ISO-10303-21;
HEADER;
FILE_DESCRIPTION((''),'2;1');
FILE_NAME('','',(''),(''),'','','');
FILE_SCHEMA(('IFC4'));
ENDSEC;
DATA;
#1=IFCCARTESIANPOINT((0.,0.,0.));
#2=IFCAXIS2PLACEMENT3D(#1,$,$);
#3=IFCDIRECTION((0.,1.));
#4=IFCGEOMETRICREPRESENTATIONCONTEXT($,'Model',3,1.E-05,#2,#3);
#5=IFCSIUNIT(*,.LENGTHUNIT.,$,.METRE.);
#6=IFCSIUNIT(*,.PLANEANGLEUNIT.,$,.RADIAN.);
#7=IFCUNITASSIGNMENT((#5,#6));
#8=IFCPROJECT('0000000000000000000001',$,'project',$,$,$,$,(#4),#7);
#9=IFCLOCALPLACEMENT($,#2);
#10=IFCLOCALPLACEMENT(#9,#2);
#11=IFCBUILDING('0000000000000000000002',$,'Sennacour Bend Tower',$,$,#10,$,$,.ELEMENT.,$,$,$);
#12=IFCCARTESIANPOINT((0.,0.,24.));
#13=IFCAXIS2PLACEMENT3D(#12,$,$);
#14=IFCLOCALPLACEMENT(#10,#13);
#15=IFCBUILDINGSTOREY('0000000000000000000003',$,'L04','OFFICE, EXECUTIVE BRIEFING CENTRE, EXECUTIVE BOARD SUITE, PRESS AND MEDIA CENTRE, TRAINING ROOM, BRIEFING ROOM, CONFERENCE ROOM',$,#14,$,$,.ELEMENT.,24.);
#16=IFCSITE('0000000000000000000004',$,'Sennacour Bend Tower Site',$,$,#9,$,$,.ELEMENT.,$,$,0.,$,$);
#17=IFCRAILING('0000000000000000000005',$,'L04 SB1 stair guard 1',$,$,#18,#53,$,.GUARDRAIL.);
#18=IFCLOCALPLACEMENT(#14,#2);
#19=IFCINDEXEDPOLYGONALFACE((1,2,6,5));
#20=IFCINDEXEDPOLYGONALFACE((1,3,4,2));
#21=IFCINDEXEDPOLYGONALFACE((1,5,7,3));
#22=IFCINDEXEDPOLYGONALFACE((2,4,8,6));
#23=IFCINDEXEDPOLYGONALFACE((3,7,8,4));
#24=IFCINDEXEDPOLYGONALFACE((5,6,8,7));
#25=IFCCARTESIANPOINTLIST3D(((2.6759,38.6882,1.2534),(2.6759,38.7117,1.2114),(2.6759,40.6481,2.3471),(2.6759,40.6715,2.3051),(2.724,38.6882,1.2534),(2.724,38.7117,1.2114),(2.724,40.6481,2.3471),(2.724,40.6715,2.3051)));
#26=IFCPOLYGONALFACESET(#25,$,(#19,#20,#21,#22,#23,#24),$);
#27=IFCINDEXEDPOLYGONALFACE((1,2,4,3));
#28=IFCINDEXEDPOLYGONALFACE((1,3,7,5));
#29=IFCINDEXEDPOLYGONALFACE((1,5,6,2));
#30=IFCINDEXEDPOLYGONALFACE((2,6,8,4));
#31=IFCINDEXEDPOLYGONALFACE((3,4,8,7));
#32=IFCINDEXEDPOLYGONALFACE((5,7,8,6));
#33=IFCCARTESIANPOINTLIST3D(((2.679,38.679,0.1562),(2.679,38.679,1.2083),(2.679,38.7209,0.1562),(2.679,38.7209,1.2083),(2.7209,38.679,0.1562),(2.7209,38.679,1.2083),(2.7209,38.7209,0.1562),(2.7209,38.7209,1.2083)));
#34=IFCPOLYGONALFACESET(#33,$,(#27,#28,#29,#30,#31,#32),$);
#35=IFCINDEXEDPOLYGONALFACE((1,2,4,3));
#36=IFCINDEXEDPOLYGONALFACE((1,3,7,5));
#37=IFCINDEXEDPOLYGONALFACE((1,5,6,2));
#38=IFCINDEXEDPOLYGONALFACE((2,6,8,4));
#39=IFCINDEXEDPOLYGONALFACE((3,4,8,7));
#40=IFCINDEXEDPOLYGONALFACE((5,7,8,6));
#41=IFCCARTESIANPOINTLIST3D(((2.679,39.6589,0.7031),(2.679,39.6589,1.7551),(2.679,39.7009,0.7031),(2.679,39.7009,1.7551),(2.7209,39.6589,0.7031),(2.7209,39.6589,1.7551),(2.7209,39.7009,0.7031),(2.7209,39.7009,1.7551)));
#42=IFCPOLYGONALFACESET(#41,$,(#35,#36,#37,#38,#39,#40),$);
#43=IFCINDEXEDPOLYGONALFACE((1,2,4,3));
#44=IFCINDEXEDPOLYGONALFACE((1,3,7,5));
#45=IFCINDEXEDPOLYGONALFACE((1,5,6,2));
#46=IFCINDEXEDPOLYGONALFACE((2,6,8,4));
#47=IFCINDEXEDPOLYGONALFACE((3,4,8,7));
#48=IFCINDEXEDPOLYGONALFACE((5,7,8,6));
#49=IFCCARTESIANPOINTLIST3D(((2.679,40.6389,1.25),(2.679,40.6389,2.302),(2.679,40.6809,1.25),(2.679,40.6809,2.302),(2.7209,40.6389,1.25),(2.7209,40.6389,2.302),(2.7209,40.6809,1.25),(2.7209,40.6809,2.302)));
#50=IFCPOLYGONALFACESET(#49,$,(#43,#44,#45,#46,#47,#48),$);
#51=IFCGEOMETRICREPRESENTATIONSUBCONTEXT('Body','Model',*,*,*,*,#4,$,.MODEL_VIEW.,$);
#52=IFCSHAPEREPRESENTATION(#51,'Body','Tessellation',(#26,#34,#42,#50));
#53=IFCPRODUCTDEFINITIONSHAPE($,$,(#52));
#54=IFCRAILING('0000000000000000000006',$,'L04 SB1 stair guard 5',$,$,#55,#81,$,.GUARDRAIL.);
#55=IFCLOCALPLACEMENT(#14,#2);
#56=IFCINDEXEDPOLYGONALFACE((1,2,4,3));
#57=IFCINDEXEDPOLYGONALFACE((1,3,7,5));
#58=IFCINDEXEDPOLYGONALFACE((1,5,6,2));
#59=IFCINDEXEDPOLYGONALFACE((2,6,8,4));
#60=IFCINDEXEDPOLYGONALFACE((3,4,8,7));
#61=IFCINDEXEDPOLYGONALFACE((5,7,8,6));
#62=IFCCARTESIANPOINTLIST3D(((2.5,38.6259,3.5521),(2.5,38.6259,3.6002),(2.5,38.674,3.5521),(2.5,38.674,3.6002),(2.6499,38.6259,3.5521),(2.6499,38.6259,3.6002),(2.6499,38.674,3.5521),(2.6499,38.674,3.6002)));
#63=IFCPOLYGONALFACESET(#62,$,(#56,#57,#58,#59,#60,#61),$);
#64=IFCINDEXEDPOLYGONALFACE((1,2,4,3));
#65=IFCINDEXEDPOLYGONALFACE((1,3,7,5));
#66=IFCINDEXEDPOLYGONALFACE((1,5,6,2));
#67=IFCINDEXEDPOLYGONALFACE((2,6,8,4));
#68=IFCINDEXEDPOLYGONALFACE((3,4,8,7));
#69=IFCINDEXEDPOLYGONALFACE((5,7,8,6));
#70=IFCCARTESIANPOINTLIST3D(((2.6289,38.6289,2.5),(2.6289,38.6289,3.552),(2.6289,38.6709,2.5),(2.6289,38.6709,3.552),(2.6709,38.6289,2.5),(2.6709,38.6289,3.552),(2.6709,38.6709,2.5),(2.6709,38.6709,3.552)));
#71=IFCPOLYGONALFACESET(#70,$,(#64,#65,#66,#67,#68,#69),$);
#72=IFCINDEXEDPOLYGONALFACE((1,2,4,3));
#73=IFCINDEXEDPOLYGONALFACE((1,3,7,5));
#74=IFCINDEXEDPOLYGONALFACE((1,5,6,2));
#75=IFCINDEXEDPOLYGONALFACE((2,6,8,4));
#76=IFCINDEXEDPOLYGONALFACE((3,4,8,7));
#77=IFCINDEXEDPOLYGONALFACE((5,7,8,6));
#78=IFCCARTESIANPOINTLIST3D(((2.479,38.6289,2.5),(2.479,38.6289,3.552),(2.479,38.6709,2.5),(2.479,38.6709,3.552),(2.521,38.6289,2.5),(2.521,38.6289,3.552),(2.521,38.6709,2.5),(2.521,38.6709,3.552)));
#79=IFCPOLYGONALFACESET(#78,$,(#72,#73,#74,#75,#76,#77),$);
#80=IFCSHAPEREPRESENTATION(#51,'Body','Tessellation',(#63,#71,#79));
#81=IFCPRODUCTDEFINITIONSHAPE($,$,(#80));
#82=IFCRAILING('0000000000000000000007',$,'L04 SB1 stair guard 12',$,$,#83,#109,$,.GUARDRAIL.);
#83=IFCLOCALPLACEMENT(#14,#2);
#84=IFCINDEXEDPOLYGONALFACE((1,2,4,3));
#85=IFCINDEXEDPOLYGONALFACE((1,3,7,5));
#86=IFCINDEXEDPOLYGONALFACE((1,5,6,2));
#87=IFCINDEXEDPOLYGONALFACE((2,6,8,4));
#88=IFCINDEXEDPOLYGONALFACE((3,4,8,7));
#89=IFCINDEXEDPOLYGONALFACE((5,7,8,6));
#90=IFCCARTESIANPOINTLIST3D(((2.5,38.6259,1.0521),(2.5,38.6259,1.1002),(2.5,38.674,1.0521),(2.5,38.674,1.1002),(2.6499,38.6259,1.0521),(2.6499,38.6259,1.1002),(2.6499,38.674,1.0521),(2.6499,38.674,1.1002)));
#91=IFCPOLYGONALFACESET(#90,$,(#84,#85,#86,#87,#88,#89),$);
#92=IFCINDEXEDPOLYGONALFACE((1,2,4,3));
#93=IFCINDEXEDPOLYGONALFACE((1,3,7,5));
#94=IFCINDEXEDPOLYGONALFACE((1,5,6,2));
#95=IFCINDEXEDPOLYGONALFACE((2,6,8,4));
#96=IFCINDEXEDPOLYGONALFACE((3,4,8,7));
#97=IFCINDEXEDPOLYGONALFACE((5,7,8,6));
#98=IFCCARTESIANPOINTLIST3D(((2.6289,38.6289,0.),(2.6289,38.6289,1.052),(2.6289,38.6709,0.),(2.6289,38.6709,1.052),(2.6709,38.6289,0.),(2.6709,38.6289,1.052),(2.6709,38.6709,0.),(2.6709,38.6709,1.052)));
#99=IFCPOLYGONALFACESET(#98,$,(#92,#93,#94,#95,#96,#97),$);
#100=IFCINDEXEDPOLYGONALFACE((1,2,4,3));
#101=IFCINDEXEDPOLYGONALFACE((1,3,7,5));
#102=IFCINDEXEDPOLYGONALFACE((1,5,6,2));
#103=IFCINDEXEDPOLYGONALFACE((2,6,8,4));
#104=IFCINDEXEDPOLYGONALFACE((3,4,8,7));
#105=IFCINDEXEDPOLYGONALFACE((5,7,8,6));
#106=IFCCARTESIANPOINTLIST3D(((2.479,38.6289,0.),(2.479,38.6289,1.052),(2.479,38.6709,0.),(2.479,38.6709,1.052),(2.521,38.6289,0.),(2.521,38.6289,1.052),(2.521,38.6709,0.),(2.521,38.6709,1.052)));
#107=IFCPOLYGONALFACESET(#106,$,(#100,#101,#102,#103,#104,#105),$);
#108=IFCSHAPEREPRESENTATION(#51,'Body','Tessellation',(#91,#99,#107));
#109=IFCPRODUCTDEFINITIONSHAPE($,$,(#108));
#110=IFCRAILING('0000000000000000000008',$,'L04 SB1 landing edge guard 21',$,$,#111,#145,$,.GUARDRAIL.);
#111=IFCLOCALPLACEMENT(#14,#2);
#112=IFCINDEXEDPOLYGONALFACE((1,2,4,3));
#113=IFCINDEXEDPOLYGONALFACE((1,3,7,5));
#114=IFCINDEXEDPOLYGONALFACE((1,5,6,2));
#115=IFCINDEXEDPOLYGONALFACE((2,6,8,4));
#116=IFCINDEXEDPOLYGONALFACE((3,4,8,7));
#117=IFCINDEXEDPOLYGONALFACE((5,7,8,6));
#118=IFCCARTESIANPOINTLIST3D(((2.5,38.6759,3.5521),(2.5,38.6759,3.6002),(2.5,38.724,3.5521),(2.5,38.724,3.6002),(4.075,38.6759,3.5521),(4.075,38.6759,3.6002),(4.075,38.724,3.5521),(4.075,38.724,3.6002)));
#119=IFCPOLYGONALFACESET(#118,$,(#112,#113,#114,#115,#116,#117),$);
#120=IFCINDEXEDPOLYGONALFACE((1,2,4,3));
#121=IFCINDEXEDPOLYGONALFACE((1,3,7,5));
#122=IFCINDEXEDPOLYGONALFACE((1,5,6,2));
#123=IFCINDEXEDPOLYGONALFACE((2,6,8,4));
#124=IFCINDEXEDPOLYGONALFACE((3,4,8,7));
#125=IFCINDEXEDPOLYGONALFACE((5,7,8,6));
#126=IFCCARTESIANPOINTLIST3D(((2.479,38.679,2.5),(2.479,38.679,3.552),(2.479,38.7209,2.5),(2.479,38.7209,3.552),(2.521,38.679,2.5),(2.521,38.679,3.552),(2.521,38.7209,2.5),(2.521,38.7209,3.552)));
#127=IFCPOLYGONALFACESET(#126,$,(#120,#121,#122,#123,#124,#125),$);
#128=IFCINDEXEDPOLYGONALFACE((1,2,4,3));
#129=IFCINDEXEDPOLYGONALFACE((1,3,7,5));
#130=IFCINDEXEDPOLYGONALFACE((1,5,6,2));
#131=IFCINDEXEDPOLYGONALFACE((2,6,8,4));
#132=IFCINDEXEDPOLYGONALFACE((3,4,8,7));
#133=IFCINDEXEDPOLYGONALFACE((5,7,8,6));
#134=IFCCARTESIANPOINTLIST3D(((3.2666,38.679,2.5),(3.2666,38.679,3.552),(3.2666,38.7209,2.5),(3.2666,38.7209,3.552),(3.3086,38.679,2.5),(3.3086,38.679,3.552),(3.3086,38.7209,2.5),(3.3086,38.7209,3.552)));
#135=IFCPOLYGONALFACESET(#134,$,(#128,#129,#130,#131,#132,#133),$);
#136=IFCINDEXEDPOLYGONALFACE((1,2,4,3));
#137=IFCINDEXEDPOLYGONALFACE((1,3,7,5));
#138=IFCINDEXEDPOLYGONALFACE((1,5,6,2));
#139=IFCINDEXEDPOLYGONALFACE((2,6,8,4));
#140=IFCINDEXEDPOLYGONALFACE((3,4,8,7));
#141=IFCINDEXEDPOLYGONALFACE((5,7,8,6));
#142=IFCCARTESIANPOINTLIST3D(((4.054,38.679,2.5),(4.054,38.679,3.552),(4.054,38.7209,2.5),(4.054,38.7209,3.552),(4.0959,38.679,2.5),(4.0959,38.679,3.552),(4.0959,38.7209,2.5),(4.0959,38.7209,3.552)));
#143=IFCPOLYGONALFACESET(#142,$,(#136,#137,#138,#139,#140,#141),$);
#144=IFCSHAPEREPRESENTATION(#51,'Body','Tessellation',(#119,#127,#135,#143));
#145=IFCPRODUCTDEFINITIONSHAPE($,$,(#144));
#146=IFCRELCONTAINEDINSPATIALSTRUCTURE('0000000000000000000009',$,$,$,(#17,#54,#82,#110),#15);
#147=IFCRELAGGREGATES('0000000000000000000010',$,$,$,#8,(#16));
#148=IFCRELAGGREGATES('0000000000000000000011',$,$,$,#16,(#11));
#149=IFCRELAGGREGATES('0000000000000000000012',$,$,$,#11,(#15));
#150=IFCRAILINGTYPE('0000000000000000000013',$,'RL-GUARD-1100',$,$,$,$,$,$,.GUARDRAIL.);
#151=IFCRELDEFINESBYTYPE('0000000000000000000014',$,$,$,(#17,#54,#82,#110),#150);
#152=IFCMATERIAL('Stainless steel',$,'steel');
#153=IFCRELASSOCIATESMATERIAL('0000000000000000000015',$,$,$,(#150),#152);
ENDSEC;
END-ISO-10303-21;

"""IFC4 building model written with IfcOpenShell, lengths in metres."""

from ifc_helpers import new_model, si_unit, direction, frame, origin, origin_2d, place, context, subcontext, project, spatial, rectangle, extrude, material, type_object, element, save


model = new_model("IFC4")

# Units and contexts
model_context = context("Model", 3, precision=1e-05, world=origin(), true_north=direction((0.0, 1.0)))
body_context = subcontext(model_context, "Body", "Model", "MODEL_VIEW")
ifc_project = project(units=[si_unit("LENGTHUNIT", "METRE"), si_unit("PLANEANGLEUNIT", "RADIAN")], contexts=[model_context])

# Site, building, storey
site_placement = place(None, origin())
site = spatial("IfcSite", under=ifc_project, at=site_placement, Name="Sennacour Bend Tower Site", CompositionType="ELEMENT", RefElevation=0.0)
building_placement = place(site_placement, origin())
building = spatial("IfcBuilding", under=site, at=building_placement, Name="Sennacour Bend Tower", CompositionType="ELEMENT")
storey_placement = place(building_placement, frame((0.0, 0.0, 24.0)))
storey = spatial("IfcBuildingStorey", under=building, at=storey_placement, Name="L04", Description="OFFICE, EXECUTIVE BRIEFING CENTRE, EXECUTIVE BOARD SUITE, PRESS AND MEDIA CENTRE, TRAINING ROOM, BRIEFING ROOM, CONFERENCE ROOM", CompositionType="ELEMENT", Elevation=24.0)

# Railings
ifc_material_1 = material(Name="Stainless steel", Category="steel")
railing_type = type_object("IfcRailingType", Name="RL-GUARD-1100", PredefinedType="GUARDRAIL", material=ifc_material_1)
railing_1_placement = place(storey_placement, frame((2.7, 38.7, 0.1562)))
element("IfcRailing", 1, at=railing_1_placement, inside=storey, type_object=railing_type, Name="L04 SB1 stair guard 1", PredefinedType="GUARDRAIL", context=body_context, shape_type="SweptSolid", body=[
    extrude(rectangle(XDim=0.0481, YDim=0.0481, at=origin_2d()), frame((0.0, 0.0, 1.0762), z_axis=(0.0, 0.873232, 0.487304), x_axis=(-1.0, 0.0, 0.0)), (0.0, 0.0, 1.0), 2.2444),
    extrude(rectangle(XDim=0.042, YDim=0.042, at=origin_2d()), origin(), (0.0, 0.0, 1.0), 1.052),
    extrude(rectangle(XDim=0.042, YDim=0.042, at=origin_2d()), frame((0.0, 0.98, 0.5469)), (0.0, 0.0, 1.0), 1.052),
    extrude(rectangle(XDim=0.042, YDim=0.042, at=origin_2d()), frame((0.0, 1.96, 1.0938)), (0.0, 0.0, 1.0), 1.052),
])
for number, where, name in (
    (2, (2.6499, 38.6499, 2.5), "L04 SB1 stair guard 5"),
    (3, (2.6499, 38.6499, 0.0), "L04 SB1 stair guard 12"),
):
    element("IfcRailing", number, at=place(storey_placement, frame(where)), inside=storey, type_object=railing_type, Name=name, PredefinedType="GUARDRAIL", context=body_context, shape_type="SweptSolid", body=[
        extrude(rectangle(XDim=0.0481, YDim=0.0481, at=origin_2d()), frame((0.0, 0.0, 1.0762), z_axis=(-1.0, 0.0, 0.0), x_axis=(0.0, -1.0, 0.0)), (0.0, 0.0, 1.0), 0.1499),
        extrude(rectangle(XDim=0.042, YDim=0.042, at=origin_2d()), origin(), (0.0, 0.0, 1.0), 1.052),
        extrude(rectangle(XDim=0.042, YDim=0.042, at=origin_2d()), frame((-0.1499, 0.0, 0.0)), (0.0, 0.0, 1.0), 1.052),
    ])
railing_2_placement = place(storey_placement, frame((2.5, 38.7, 2.5)))
element("IfcRailing", 4, at=railing_2_placement, inside=storey, type_object=railing_type, Name="L04 SB1 landing edge guard 21", PredefinedType="GUARDRAIL", context=body_context, shape_type="SweptSolid", body=[
    extrude(rectangle(XDim=0.0481, YDim=0.0481, at=origin_2d()), frame((0.0, 0.0, 1.0762), z_axis=(1.0, 0.0, 0.0), x_axis=(0.0, 1.0, 0.0)), (0.0, 0.0, 1.0), 1.575),
    extrude(rectangle(XDim=0.042, YDim=0.042, at=origin_2d()), origin(), (0.0, 0.0, 1.0), 1.052),
    extrude(rectangle(XDim=0.042, YDim=0.042, at=origin_2d()), frame((0.7876, 0.0, 0.0)), (0.0, 0.0, 1.0), 1.052),
    extrude(rectangle(XDim=0.042, YDim=0.042, at=origin_2d()), frame((1.575, 0.0, 0.0)), (0.0, 0.0, 1.0), 1.052),
])

save(model, "model.ifc")
